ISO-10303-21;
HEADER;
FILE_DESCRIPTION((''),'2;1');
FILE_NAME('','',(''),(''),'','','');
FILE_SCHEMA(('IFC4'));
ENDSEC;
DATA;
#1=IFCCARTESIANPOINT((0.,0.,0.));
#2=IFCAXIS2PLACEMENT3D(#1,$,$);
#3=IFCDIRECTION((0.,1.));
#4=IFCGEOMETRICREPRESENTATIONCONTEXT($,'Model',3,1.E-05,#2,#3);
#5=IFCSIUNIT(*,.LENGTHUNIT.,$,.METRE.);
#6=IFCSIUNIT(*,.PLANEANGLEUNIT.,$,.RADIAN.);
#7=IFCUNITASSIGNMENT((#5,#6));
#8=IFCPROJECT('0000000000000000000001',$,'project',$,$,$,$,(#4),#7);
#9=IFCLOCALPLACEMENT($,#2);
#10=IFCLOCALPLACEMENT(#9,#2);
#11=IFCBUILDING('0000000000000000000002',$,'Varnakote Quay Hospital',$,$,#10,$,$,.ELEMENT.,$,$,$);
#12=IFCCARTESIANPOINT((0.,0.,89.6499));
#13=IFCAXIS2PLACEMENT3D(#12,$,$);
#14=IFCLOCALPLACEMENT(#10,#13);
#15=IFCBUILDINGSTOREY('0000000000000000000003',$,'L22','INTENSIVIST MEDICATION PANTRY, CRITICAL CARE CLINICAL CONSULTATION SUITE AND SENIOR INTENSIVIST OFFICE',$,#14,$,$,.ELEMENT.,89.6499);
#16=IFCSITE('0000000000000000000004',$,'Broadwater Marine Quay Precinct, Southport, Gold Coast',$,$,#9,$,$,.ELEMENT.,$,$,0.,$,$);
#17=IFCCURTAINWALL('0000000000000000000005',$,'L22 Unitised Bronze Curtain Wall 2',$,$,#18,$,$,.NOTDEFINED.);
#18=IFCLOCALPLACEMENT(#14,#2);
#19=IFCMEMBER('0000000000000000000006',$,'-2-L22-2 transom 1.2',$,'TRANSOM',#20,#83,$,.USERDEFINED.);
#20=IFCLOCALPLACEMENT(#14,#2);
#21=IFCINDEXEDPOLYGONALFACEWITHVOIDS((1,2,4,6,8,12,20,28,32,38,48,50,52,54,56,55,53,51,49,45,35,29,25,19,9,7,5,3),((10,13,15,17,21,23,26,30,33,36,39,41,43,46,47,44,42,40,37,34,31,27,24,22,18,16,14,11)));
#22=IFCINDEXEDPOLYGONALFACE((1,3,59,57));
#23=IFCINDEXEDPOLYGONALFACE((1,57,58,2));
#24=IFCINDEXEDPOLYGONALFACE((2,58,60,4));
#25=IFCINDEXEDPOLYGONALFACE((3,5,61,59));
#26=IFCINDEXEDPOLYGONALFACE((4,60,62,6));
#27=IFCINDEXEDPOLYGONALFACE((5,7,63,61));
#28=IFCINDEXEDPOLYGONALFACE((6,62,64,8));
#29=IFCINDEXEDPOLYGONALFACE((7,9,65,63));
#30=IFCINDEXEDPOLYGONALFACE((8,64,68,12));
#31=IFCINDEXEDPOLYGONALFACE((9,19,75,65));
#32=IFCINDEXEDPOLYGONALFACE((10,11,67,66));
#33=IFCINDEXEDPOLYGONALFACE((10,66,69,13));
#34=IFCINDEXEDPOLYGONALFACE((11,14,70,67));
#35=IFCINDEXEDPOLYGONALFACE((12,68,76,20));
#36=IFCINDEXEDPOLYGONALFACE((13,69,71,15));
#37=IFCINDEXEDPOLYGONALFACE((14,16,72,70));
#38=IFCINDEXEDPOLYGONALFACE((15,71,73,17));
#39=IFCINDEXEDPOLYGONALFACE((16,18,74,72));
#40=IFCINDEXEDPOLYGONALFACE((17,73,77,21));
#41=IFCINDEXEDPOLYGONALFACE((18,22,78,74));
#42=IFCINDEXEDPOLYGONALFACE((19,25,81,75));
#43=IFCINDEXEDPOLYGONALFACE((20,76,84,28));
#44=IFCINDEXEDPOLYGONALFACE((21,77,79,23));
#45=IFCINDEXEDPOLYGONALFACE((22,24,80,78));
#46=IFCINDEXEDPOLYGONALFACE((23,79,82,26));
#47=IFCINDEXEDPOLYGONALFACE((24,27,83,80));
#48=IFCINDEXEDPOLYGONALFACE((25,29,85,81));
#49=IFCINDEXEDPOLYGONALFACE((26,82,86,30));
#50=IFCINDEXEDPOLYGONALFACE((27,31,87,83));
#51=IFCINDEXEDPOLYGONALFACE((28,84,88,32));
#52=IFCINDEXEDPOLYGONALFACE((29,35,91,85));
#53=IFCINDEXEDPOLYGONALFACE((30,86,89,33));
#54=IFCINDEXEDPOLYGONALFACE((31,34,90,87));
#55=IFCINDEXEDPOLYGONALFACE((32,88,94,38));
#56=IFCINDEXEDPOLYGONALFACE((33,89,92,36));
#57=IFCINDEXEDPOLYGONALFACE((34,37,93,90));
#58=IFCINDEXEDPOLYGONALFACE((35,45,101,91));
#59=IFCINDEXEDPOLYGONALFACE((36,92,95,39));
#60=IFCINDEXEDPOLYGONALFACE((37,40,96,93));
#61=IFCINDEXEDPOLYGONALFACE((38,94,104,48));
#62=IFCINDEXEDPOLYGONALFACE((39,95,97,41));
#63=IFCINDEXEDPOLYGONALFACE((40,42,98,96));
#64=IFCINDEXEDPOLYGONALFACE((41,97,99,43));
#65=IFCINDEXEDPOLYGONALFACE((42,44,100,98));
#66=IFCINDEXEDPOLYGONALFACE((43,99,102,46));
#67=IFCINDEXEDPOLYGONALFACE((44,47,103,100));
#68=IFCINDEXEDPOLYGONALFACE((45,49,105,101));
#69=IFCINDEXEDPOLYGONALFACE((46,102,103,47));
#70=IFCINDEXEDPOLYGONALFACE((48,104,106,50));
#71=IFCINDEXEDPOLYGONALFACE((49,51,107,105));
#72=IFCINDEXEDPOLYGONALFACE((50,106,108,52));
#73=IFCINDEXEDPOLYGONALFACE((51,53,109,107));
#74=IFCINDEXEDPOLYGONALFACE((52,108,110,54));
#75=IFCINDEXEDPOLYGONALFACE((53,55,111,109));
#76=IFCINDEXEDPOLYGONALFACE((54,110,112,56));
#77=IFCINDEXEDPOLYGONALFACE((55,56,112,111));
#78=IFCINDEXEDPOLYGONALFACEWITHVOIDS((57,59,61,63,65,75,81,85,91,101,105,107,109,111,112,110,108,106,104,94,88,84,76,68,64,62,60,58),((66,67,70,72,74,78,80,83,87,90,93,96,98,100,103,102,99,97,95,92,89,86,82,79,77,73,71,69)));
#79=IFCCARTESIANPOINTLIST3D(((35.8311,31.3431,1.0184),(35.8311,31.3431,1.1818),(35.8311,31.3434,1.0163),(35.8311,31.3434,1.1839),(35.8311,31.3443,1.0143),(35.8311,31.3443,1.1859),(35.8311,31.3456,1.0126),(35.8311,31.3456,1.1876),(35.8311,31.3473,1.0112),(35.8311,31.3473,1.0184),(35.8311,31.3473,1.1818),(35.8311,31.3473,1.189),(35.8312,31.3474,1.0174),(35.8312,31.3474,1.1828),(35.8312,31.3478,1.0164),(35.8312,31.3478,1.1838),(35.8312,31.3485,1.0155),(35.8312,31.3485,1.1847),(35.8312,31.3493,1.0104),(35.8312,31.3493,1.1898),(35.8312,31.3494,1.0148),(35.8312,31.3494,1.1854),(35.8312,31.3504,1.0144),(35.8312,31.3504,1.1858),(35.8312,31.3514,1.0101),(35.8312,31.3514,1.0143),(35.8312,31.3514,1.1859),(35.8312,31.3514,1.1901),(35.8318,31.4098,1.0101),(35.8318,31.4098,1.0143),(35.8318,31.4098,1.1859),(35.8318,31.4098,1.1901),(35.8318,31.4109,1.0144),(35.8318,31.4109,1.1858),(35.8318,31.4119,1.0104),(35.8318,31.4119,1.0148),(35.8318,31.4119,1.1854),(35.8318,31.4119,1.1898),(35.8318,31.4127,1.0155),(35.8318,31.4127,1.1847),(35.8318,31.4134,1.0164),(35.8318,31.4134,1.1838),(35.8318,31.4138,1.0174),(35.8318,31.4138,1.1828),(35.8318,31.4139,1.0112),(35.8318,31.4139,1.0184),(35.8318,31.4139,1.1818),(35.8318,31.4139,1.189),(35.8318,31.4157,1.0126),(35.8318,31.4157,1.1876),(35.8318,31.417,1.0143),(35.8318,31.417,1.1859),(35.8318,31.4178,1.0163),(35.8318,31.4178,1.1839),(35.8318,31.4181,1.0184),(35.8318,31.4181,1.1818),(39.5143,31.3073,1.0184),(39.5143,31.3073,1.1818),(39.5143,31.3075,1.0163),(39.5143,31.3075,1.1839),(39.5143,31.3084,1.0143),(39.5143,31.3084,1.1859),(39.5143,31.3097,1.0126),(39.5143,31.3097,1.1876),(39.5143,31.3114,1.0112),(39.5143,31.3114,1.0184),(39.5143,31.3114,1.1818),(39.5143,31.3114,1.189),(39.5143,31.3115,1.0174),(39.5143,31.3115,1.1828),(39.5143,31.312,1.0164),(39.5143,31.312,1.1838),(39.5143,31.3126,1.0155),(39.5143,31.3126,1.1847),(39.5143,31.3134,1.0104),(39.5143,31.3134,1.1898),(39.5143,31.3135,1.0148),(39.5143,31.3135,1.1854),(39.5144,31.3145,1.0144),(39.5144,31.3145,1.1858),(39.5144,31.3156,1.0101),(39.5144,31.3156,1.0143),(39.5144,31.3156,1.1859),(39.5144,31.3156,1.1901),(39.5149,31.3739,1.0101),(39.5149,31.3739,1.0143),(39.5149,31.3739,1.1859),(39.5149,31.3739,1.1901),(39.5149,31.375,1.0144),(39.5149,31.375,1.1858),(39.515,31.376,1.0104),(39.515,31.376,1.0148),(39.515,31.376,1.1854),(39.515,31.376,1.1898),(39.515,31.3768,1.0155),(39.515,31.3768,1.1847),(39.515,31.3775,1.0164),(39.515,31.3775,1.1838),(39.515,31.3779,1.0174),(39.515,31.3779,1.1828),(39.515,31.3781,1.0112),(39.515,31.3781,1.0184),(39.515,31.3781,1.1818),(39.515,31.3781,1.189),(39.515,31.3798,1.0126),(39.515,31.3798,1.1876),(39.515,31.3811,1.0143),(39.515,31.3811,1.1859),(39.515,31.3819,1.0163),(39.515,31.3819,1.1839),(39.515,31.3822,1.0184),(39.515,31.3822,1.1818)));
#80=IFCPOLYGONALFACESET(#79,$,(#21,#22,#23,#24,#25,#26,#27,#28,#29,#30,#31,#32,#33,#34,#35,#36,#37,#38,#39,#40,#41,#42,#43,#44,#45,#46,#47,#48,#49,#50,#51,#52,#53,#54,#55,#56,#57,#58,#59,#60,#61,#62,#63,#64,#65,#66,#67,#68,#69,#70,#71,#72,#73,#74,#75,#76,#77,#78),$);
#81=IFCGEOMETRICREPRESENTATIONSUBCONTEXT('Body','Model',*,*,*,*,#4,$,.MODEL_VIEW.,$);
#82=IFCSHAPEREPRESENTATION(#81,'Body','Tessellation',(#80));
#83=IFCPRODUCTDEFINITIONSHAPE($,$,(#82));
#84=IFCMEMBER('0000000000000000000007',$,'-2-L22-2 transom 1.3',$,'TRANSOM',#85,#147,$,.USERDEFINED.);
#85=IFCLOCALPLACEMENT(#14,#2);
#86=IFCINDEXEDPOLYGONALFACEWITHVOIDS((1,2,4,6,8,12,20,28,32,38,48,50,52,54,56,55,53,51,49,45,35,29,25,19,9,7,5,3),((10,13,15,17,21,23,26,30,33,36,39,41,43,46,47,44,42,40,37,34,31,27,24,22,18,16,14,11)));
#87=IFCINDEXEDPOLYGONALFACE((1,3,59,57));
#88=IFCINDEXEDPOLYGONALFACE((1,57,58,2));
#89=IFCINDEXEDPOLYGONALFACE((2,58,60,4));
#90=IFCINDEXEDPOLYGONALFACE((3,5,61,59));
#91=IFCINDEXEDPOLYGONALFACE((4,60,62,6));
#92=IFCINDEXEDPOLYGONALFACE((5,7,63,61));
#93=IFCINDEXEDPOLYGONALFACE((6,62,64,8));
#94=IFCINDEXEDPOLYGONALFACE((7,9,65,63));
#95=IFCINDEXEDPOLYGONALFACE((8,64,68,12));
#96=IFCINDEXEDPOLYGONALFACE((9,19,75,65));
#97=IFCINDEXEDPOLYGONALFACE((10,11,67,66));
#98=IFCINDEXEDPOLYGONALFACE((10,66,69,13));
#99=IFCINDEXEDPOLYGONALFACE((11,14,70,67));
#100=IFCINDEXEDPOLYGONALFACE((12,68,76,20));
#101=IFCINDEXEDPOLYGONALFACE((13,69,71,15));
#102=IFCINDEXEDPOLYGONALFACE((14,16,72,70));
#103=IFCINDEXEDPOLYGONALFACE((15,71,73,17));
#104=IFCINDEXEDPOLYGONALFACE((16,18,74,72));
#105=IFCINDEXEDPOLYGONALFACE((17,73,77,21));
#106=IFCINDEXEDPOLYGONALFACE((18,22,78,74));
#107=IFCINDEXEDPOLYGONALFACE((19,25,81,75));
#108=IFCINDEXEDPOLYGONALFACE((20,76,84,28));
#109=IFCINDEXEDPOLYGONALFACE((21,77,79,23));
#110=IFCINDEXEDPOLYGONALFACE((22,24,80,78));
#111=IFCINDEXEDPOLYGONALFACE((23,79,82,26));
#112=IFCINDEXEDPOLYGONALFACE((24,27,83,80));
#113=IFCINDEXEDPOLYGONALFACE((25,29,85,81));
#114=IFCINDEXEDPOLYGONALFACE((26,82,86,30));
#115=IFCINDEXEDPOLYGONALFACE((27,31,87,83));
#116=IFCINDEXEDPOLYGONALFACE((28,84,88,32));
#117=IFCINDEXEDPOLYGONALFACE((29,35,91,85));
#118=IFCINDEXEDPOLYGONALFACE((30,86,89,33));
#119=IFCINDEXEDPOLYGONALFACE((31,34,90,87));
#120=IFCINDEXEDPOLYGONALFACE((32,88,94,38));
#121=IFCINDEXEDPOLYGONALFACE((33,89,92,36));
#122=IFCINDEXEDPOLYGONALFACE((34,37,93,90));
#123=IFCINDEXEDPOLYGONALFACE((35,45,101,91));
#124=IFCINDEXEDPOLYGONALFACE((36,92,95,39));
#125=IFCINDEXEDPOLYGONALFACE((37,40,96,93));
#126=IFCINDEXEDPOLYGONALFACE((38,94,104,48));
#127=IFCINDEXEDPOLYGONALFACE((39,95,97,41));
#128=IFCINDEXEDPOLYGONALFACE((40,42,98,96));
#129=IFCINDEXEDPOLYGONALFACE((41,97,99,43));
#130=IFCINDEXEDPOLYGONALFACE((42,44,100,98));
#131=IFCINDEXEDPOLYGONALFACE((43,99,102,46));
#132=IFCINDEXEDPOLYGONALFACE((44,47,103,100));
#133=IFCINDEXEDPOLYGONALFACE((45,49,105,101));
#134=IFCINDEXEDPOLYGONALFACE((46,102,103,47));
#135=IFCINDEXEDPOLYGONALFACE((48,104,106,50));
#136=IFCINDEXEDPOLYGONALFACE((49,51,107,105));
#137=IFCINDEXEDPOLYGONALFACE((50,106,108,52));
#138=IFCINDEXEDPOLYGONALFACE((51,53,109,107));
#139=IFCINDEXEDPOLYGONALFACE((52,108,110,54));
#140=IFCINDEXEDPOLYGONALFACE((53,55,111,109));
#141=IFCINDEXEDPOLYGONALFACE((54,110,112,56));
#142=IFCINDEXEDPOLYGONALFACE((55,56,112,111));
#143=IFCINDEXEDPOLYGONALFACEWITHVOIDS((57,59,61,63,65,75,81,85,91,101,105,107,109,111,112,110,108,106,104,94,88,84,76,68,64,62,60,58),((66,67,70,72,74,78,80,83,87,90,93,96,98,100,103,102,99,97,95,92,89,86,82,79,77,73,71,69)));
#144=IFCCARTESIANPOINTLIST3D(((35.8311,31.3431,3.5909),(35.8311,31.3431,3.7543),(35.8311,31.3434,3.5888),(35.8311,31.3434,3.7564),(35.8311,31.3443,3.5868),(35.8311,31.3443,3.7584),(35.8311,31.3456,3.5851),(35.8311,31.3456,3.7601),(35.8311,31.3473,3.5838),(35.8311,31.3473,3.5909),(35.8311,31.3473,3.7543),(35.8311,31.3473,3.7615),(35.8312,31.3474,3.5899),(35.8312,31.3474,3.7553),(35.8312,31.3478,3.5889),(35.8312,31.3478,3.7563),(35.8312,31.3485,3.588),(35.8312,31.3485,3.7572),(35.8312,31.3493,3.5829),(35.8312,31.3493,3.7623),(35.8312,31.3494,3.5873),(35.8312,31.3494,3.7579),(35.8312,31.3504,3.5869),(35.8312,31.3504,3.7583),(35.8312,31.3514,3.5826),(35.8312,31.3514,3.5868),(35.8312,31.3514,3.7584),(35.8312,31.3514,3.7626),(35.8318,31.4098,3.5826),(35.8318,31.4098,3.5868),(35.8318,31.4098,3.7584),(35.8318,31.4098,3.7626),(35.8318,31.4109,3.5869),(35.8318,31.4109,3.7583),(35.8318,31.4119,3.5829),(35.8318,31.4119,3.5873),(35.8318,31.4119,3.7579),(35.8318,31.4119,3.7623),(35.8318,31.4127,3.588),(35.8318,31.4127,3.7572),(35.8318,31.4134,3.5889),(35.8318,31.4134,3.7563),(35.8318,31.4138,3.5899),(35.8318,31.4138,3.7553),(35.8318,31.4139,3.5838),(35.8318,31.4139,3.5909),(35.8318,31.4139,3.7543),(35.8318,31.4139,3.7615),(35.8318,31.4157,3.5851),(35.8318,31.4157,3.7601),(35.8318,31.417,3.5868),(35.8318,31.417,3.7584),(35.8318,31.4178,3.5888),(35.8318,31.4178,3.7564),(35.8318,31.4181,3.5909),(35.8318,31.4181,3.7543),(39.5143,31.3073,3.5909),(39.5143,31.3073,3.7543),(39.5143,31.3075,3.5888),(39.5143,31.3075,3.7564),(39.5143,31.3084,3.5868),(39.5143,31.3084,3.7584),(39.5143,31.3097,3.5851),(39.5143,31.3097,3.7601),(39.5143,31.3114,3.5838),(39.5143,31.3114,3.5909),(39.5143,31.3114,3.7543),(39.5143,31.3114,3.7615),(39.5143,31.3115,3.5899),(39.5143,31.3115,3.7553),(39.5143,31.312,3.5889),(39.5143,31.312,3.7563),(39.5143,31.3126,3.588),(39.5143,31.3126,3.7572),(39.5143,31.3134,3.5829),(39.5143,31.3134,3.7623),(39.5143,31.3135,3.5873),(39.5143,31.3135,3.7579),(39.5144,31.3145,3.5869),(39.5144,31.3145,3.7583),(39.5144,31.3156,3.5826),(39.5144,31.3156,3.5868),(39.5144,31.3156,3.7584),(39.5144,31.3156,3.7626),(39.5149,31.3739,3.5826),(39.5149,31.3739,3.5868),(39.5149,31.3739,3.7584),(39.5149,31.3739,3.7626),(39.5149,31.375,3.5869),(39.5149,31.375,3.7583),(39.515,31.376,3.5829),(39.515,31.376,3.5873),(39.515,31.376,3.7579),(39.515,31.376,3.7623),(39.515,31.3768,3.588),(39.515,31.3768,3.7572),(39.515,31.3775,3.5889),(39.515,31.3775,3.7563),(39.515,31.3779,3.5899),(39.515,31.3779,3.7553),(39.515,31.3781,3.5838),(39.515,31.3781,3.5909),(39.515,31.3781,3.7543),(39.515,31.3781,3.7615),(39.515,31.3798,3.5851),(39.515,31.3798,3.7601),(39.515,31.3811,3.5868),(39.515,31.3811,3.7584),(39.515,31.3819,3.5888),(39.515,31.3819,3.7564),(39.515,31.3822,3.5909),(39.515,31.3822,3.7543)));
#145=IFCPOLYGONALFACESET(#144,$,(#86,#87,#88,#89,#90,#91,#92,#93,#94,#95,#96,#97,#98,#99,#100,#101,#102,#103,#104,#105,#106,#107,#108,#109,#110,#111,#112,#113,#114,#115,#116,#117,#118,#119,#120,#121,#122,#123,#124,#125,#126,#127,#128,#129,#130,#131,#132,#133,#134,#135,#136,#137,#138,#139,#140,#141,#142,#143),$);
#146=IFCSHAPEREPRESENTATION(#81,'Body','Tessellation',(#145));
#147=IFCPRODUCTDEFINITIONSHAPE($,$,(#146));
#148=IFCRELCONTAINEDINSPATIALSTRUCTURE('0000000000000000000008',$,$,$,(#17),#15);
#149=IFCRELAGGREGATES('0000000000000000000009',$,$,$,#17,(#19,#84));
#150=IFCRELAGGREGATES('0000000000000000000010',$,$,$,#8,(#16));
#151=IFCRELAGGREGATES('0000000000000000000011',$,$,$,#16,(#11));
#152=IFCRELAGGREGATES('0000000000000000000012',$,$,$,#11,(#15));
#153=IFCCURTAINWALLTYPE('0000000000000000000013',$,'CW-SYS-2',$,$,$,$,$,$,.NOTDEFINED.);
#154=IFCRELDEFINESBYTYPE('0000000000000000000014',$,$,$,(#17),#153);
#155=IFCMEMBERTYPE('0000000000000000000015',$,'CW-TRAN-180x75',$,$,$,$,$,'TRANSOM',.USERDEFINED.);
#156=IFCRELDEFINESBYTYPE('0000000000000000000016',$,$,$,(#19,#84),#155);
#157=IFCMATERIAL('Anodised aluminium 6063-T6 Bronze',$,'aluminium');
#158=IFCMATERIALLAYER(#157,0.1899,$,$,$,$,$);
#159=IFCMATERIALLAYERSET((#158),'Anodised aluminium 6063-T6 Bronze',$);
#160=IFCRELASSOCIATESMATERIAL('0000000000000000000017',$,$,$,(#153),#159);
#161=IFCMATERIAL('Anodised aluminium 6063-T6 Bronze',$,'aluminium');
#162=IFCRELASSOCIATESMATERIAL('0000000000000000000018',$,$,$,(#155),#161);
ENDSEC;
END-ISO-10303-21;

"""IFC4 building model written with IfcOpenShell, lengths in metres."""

from ifc_helpers import new_model, si_unit, direction, frame, origin, origin_2d, place, context, subcontext, project, spatial, hollow_rectangle, extrude, material, layer, layer_set, material_profile, profile_set, type_object, element, aggregate, save


model = new_model("IFC4")

# Units and contexts
model_context = context("Model", 3, precision=1e-05, world=origin(), true_north=direction((0.0, 1.0)))
body_context = subcontext(model_context, "Body", "Model", "MODEL_VIEW")
ifc_project = project(units=[si_unit("LENGTHUNIT", "METRE"), si_unit("PLANEANGLEUNIT", "RADIAN")], contexts=[model_context])

# Site, building, storey
site_placement = place(None, origin())
site = spatial("IfcSite", under=ifc_project, at=site_placement, Name="Broadwater Marine Quay Precinct, Southport, Gold Coast", CompositionType="ELEMENT", RefElevation=0.0)
building_placement = place(site_placement, origin())
building = spatial("IfcBuilding", under=site, at=building_placement, Name="Varnakote Quay Hospital", CompositionType="ELEMENT")
storey_placement = place(building_placement, frame((0.0, 0.0, 89.6499)))
storey = spatial("IfcBuildingStorey", under=building, at=storey_placement, Name="L22", Description="INTENSIVIST MEDICATION PANTRY, CRITICAL CARE CLINICAL CONSULTATION SUITE AND SENIOR INTENSIVIST OFFICE", CompositionType="ELEMENT", Elevation=89.6499)

# Shared definitions
ifc_material_1 = material(Name="Anodised aluminium 6063-T6 Bronze", Category="aluminium")
ifc_layer_1 = layer(ifc_material_1, 0.1899)
ifc_layer_set_1 = layer_set([ifc_layer_1], Name="Anodised aluminium 6063-T6 Bronze")
curtain_wall_type = type_object("IfcCurtainWallType", Name="CW-SYS-2", PredefinedType="NOTDEFINED", material=ifc_layer_set_1)

# Curtain wall, members
curtain_wall_1_placement = place(storey_placement, origin())
curtain_wall_1 = element("IfcCurtainWall", 1, at=curtain_wall_1_placement, inside=storey, type_object=curtain_wall_type, Name="L22 Unitised Bronze Curtain Wall 2", PredefinedType="NOTDEFINED")
ifc_material_2 = material(Name="Anodised aluminium 6063-T6 Bronze", Category="aluminium")
ifc_material_profile_1 = material_profile(ifc_material_2, hollow_rectangle(XDim=0.075, YDim=0.1799, WallThickness=0.0042, InnerFilletRadius=0.0042, OuterFilletRadius=0.0083, at=origin_2d()), Name="CW-TRAN-180x75")
ifc_profile_set_1 = profile_set([ifc_material_profile_1], Name="Anodised aluminium 6063-T6 Bronze")
member_type_1 = type_object("IfcMemberType", Name="CW-TRAN-180x75", ElementType="TRANSOM", PredefinedType="USERDEFINED", material=ifc_profile_set_1)
member_1_placement = place(storey_placement, frame((39.5146, 31.3447, 1.1001), z_axis=(-0.999953, 0.009744, 0.0), x_axis=(-0.009744, -0.999953, 0.0)))
member_1 = element("IfcMember", 2, at=member_1_placement, type_object=member_type_1, Name="-2-L22-2 transom 1.2", ObjectType="TRANSOM", PredefinedType="USERDEFINED", context=body_context, shape_type="SweptSolid", body=[
    extrude(hollow_rectangle(XDim=0.075, YDim=0.1799, WallThickness=0.0042, InnerFilletRadius=0.0042, OuterFilletRadius=0.0083, at=origin_2d()), origin(), (0.0, 0.0, 1.0), 3.6833),
])
member_2_placement = place(storey_placement, frame((39.5146, 31.3447, 3.6726), z_axis=(-0.999953, 0.009744, 0.0), x_axis=(-0.009744, -0.999953, 0.0)))
member_2 = element("IfcMember", 3, at=member_2_placement, type_object=member_type_1, Name="-2-L22-2 transom 1.3", ObjectType="TRANSOM", PredefinedType="USERDEFINED", context=body_context, shape_type="SweptSolid", body=[
    extrude(hollow_rectangle(XDim=0.075, YDim=0.1799, WallThickness=0.0042, InnerFilletRadius=0.0042, OuterFilletRadius=0.0083, at=origin_2d()), origin(), (0.0, 0.0, 1.0), 3.6833),
])

aggregate(curtain_wall_1, [member_1, member_2])

save(model, "model.ifc")
